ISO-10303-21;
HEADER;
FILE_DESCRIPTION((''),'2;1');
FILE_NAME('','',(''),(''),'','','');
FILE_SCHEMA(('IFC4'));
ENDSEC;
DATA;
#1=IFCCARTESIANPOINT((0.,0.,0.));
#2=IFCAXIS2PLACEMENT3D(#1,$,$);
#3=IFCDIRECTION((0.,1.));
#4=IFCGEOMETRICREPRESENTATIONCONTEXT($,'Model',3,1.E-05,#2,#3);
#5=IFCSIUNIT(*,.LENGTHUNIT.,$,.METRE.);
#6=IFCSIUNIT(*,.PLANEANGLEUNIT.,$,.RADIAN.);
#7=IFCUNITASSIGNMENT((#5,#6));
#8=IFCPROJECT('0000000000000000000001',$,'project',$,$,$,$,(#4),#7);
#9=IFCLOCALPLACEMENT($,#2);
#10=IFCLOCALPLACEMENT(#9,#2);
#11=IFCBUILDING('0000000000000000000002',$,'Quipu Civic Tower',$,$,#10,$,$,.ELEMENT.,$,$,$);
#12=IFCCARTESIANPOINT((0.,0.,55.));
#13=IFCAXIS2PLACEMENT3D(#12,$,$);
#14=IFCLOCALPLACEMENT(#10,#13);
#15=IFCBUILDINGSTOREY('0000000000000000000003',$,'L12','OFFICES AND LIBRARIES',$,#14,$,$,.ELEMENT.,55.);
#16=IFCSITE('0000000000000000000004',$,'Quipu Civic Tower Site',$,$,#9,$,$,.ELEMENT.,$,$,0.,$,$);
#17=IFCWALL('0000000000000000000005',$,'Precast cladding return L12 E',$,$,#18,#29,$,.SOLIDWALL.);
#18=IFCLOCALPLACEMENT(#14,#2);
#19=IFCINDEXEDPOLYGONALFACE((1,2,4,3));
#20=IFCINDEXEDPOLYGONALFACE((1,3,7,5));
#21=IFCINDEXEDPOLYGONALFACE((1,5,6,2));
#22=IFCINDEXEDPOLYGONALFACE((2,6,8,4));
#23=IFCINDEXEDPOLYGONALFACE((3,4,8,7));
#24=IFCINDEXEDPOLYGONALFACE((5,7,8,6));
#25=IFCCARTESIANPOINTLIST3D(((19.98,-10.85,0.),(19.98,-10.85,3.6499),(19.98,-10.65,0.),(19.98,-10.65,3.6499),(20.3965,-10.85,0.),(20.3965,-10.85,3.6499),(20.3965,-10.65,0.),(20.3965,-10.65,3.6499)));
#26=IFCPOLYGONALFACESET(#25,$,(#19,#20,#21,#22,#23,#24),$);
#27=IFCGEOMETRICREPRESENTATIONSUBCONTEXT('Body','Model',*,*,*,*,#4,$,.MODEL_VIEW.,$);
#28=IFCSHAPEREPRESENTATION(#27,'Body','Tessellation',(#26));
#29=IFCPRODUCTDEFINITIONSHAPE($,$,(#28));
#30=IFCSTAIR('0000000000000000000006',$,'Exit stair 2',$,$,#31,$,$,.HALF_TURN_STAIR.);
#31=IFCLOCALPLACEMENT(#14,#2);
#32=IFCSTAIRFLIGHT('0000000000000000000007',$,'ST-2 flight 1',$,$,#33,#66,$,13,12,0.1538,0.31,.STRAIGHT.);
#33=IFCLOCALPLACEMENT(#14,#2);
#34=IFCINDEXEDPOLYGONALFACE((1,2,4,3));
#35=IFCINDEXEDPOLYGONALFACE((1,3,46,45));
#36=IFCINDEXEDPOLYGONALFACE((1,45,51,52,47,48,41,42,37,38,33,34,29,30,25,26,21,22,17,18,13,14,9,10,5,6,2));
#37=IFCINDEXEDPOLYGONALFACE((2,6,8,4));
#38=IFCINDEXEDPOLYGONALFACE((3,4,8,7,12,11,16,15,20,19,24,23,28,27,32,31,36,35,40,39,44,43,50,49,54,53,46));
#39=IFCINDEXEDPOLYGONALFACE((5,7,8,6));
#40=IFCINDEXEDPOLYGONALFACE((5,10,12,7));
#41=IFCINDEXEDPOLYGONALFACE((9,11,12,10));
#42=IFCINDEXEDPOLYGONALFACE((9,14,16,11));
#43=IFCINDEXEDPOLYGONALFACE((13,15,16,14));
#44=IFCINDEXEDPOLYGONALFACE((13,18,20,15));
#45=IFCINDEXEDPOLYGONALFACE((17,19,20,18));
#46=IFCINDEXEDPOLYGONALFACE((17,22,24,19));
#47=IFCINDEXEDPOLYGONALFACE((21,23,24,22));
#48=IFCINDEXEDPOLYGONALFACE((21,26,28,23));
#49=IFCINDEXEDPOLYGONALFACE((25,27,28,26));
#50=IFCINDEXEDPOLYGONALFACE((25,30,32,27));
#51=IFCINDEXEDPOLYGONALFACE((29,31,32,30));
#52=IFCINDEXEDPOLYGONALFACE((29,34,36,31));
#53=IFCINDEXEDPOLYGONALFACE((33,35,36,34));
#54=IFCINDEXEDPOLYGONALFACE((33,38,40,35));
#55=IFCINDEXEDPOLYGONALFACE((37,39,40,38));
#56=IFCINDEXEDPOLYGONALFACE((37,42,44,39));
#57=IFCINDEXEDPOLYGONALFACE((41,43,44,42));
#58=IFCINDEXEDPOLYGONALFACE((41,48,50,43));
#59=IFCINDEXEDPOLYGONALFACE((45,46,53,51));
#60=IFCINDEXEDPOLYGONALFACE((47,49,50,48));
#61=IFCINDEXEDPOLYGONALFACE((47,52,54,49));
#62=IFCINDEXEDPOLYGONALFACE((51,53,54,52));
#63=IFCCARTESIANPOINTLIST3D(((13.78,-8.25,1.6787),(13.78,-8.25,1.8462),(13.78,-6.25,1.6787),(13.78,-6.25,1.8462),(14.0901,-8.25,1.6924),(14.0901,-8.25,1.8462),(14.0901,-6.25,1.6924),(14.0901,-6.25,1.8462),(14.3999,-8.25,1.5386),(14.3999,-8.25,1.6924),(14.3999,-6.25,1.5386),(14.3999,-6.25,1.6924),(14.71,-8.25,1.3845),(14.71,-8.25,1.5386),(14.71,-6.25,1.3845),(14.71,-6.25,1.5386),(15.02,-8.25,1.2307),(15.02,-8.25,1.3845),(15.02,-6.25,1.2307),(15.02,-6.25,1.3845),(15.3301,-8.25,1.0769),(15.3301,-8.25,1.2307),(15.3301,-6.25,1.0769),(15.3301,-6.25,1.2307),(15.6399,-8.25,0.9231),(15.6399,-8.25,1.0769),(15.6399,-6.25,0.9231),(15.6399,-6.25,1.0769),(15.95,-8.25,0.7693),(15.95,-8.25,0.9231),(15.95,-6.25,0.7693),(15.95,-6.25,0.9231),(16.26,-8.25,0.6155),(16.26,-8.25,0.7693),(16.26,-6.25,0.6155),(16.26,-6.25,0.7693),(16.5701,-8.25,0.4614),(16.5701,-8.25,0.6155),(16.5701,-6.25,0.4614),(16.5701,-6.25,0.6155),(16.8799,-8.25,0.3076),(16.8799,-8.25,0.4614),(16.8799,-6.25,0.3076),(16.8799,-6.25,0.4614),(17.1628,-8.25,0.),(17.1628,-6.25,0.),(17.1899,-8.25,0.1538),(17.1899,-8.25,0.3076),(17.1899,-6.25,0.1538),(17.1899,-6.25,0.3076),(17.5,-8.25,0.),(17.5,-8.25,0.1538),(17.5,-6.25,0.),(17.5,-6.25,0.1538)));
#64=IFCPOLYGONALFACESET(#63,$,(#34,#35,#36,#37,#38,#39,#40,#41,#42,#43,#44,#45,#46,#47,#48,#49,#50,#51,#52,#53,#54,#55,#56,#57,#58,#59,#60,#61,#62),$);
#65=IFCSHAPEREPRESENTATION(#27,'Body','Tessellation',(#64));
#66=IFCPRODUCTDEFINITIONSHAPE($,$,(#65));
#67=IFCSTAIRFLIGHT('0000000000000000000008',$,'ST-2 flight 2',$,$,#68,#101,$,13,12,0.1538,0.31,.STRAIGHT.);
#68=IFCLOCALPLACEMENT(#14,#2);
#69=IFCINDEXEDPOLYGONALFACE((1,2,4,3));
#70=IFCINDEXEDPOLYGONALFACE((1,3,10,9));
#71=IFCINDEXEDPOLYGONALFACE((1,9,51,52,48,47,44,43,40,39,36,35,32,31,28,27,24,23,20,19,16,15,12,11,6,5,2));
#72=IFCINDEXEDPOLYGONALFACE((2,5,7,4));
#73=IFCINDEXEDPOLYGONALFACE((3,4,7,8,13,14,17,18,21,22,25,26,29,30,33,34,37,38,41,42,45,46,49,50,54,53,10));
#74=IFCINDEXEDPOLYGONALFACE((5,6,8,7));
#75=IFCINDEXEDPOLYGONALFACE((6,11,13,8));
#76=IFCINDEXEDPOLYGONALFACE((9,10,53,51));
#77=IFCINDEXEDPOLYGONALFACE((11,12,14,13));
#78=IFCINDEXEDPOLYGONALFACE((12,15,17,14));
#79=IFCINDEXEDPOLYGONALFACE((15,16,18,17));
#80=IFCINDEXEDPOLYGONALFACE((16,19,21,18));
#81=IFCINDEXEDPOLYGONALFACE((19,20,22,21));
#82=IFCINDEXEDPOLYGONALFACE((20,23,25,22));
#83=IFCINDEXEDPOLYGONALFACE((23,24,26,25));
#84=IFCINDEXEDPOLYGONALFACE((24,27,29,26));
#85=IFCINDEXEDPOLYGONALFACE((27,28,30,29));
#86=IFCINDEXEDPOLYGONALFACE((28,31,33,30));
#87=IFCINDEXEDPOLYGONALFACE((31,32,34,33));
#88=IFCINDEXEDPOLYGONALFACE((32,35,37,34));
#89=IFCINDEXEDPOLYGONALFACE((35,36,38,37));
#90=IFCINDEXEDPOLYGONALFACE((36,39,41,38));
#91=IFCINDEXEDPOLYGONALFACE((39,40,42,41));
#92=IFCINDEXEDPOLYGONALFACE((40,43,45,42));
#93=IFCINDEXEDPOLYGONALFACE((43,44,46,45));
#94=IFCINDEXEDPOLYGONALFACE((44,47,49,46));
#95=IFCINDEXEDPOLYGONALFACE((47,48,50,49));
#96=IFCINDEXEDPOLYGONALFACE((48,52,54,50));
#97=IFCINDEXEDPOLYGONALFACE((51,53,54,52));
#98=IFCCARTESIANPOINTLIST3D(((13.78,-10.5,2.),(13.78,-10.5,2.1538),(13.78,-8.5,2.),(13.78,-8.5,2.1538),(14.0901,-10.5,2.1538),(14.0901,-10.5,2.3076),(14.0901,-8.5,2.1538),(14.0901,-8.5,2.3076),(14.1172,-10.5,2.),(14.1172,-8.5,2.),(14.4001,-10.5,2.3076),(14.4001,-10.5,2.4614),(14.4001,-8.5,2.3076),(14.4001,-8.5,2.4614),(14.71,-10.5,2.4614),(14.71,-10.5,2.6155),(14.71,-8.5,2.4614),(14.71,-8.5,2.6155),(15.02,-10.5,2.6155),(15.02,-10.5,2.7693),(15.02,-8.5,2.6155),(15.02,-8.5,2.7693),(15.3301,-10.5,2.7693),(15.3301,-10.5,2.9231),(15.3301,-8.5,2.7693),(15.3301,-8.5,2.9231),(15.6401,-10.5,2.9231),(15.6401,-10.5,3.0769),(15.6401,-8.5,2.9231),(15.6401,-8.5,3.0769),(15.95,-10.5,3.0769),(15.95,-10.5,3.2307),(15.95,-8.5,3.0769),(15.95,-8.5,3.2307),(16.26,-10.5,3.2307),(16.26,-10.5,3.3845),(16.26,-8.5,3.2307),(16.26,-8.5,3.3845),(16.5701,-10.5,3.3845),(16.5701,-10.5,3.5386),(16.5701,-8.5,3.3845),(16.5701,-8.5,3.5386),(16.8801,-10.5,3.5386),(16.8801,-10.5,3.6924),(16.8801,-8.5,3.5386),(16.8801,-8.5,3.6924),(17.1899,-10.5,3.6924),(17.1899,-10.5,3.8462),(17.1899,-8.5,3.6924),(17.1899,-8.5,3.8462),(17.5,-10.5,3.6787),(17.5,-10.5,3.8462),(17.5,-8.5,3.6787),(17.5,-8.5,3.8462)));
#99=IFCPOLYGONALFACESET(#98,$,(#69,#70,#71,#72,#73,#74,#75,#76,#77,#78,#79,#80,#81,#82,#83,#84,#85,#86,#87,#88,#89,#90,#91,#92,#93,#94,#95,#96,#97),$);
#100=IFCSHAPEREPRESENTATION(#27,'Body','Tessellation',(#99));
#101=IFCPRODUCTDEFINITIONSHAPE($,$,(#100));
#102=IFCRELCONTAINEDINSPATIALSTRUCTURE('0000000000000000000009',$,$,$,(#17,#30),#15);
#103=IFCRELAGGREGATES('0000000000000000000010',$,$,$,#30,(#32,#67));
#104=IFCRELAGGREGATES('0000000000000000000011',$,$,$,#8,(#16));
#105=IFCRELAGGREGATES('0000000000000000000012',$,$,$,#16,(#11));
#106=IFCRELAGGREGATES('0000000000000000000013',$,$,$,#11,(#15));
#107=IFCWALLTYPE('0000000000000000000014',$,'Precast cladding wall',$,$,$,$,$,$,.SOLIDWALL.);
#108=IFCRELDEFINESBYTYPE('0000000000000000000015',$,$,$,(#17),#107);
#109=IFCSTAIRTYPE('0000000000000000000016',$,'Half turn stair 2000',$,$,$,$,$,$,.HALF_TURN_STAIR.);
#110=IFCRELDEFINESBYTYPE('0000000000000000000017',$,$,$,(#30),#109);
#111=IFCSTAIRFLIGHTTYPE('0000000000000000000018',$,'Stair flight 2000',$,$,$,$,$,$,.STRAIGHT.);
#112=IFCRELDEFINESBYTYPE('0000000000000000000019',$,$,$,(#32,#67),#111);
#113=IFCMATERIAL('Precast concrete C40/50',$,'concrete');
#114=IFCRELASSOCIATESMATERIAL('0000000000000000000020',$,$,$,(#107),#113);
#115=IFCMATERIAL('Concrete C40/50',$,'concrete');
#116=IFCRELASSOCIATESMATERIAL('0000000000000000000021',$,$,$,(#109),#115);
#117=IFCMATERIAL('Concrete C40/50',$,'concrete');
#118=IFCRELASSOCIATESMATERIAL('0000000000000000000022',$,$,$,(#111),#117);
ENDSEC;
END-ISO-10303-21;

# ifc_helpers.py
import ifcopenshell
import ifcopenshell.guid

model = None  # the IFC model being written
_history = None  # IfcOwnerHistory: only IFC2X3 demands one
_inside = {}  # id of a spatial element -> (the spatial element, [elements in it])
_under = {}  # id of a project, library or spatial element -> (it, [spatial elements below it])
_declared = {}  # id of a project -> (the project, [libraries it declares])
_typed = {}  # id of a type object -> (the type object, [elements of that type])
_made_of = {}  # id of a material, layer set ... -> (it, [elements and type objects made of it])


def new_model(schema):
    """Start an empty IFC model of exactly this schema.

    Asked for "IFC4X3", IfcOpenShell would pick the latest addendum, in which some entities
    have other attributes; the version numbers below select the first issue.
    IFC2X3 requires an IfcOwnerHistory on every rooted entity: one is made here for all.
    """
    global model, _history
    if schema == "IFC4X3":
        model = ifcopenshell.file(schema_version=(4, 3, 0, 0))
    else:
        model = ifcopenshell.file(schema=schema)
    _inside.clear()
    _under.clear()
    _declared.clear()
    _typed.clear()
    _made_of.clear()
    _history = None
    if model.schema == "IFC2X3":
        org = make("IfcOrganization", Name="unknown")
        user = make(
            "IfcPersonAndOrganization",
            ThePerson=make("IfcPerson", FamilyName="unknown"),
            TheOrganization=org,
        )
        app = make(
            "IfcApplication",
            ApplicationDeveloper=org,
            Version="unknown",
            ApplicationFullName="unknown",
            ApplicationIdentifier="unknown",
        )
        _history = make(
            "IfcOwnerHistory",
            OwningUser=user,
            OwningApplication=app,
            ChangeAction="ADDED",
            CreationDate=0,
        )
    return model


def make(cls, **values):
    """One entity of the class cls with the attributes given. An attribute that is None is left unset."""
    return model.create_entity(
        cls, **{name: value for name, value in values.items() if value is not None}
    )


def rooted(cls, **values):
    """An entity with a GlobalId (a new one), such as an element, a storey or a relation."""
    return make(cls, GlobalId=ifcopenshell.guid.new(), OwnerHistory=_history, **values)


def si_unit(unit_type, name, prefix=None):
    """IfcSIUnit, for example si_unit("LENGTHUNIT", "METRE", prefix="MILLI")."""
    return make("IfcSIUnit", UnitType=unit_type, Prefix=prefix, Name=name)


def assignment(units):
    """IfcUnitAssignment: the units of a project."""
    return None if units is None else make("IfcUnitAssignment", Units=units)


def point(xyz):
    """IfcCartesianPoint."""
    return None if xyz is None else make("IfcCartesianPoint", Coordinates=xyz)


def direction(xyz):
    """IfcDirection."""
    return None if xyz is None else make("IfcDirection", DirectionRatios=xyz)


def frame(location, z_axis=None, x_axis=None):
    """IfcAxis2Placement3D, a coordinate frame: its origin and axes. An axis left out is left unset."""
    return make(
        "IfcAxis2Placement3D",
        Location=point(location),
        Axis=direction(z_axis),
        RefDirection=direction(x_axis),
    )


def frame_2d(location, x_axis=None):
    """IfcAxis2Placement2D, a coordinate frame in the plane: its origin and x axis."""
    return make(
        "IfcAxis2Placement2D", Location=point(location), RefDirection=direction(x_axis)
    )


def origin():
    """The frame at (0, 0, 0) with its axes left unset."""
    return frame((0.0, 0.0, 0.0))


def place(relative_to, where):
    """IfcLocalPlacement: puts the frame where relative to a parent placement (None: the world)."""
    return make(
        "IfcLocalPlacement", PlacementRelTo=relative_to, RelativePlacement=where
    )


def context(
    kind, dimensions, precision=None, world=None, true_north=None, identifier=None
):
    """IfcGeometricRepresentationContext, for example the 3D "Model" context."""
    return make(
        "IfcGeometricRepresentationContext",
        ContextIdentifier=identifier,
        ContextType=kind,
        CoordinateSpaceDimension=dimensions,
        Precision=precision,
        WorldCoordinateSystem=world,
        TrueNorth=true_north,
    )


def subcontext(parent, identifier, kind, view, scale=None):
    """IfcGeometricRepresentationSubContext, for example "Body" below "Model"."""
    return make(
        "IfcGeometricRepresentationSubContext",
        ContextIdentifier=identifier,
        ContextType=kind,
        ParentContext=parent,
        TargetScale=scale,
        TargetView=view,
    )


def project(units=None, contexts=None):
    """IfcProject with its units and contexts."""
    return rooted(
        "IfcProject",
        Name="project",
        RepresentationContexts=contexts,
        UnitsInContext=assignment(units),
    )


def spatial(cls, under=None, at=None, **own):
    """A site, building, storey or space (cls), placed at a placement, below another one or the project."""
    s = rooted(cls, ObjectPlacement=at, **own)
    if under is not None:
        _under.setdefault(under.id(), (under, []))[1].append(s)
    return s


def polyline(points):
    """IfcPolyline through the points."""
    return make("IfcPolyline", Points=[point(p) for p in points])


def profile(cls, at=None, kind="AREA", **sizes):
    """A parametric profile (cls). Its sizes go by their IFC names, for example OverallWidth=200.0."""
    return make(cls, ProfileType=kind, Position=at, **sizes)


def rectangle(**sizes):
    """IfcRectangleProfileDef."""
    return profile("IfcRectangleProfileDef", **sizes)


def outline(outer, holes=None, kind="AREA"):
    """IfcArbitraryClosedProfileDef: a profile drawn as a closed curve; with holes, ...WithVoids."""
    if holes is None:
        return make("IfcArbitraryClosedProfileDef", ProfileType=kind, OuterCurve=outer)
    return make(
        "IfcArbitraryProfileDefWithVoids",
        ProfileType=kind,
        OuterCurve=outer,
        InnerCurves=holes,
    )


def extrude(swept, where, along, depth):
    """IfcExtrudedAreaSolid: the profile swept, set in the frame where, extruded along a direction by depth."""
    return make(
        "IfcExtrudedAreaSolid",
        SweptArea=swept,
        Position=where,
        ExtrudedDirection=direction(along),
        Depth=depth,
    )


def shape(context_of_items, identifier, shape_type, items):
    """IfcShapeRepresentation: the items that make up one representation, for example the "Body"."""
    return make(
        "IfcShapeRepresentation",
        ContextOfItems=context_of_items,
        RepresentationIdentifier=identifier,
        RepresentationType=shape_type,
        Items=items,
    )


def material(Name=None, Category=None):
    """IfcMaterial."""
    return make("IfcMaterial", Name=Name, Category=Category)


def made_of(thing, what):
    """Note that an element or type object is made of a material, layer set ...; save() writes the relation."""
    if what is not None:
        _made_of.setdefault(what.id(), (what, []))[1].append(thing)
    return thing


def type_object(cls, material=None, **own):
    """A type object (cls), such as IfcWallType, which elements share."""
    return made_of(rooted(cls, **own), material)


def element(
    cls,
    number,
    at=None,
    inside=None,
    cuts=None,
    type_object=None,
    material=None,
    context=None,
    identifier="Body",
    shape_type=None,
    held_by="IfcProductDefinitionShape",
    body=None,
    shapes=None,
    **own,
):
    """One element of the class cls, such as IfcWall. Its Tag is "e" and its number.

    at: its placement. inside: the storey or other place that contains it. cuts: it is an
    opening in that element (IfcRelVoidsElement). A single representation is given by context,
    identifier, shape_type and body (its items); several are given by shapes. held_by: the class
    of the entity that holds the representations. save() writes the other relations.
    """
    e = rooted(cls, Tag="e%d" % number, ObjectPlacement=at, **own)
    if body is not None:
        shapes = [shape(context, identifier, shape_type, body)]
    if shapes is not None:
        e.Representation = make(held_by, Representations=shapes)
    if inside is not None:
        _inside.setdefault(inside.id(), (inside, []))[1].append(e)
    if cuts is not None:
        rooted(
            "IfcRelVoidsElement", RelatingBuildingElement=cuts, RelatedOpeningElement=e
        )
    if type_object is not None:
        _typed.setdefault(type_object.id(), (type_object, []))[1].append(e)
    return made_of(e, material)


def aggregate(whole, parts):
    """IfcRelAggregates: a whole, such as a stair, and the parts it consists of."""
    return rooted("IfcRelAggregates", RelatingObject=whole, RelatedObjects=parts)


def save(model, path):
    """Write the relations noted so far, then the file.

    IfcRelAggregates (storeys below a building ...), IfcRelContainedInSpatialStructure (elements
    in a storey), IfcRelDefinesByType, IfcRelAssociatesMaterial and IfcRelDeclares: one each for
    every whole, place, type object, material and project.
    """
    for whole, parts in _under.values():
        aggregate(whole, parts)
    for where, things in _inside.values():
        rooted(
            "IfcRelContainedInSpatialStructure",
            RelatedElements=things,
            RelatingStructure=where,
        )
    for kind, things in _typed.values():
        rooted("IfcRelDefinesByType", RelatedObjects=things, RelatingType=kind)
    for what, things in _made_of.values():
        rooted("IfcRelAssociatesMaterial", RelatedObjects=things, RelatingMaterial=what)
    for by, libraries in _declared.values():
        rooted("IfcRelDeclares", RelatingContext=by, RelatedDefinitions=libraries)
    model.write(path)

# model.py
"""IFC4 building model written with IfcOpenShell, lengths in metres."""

from ifc_helpers import new_model, si_unit, direction, frame, frame_2d, origin, place, context, subcontext, project, spatial, polyline, rectangle, outline, extrude, material, type_object, element, aggregate, save


model = new_model("IFC4")

# Units and contexts
model_context = context("Model", 3, precision=1e-05, world=origin(), true_north=direction((0.0, 1.0)))
body_context = subcontext(model_context, "Body", "Model", "MODEL_VIEW")
ifc_project = project(units=[si_unit("LENGTHUNIT", "METRE"), si_unit("PLANEANGLEUNIT", "RADIAN")], contexts=[model_context])

# Site, building, storey
site_placement = place(None, origin())
site = spatial("IfcSite", under=ifc_project, at=site_placement, Name="Quipu Civic Tower Site", CompositionType="ELEMENT", RefElevation=0.0)
building_placement = place(site_placement, origin())
building = spatial("IfcBuilding", under=site, at=building_placement, Name="Quipu Civic Tower", CompositionType="ELEMENT")
storey_placement = place(building_placement, frame((0.0, 0.0, 55.0)))
storey = spatial("IfcBuildingStorey", under=building, at=storey_placement, Name="L12", Description="OFFICES AND LIBRARIES", CompositionType="ELEMENT", Elevation=55.0)

# Wall
ifc_material_1 = material(Name="Precast concrete C40/50", Category="concrete")
wall_type_1 = type_object("IfcWallType", Name="Precast cladding wall", PredefinedType="SOLIDWALL", material=ifc_material_1)
wall_1_placement = place(storey_placement, frame((19.98, -10.75, 0.0), z_axis=(0.0, 0.0, 1.0), x_axis=(1.0, 0.0, 0.0)))
element("IfcWall", 1, at=wall_1_placement, inside=storey, type_object=wall_type_1, Name="Precast cladding return L12 E", PredefinedType="SOLIDWALL", context=body_context, shape_type="SweptSolid", body=[
    extrude(rectangle(XDim=0.4165, YDim=0.2, at=frame_2d((0.2083, 0.0))), origin(), (0.0, 0.0, 1.0), 3.6499),
])

# Stair, stair flights
ifc_material_2 = material(Name="Concrete C40/50", Category="concrete")
stair_type = type_object("IfcStairType", Name="Half turn stair 2000", PredefinedType="HALF_TURN_STAIR", material=ifc_material_2)
stair_placement = place(storey_placement, origin())
stair = element("IfcStair", 2, at=stair_placement, inside=storey, type_object=stair_type, Name="Exit stair 2", PredefinedType="HALF_TURN_STAIR")
ifc_material_3 = material(Name="Concrete C40/50", Category="concrete")
stair_flight_type = type_object("IfcStairFlightType", Name="Stair flight 2000", PredefinedType="STRAIGHT", material=ifc_material_3)
stair_flight_1_placement = place(storey_placement, frame((17.5, -7.25, 0.0), z_axis=(0.0, 0.0, 1.0), x_axis=(-1.0, 0.0, 0.0)))
stair_flight_1 = element("IfcStairFlight", 3, at=stair_flight_1_placement, type_object=stair_flight_type, Name="ST-2 flight 1", NumberOfRisers=13, NumberOfTreads=12, PredefinedType="STRAIGHT", RiserHeight=0.1538, TreadLength=0.31, context=body_context, shape_type="SweptSolid", body=[
    extrude(outline(polyline([(0.0, 0.0), (0.0, 0.1538), (0.3101, 0.1538), (0.3101, 0.3076), (0.6201, 0.3076), (0.6201, 0.4614), (0.9299, 0.4614), (0.9299, 0.6155), (1.24, 0.6155), (1.24, 0.7693), (1.55, 0.7693), (1.55, 0.9231), (1.8601, 0.9231), (1.8601, 1.0769), (2.1699, 1.0769), (2.1699, 1.2307), (2.48, 1.2307), (2.48, 1.3845), (2.79, 1.3845), (2.79, 1.5386), (3.1001, 1.5386), (3.1001, 1.6924), (3.4099, 1.6924), (3.4099, 1.8462), (3.72, 1.8462), (3.72, 2.0), (3.72, 1.6787), (0.3372, 0.0), (0.0, 0.0)])), frame((0.0, 1.0, 0.0), z_axis=(0.0, -1.0, 0.0), x_axis=(1.0, 0.0, 0.0)), (0.0, 0.0, 1.0), 2.0),
])
stair_flight_2_placement = place(storey_placement, frame((13.78, -9.5, 2.0), z_axis=(0.0, 0.0, 1.0), x_axis=(1.0, 0.0, 0.0)))
stair_flight_2 = element("IfcStairFlight", 4, at=stair_flight_2_placement, type_object=stair_flight_type, Name="ST-2 flight 2", NumberOfRisers=13, NumberOfTreads=12, PredefinedType="STRAIGHT", RiserHeight=0.1538, TreadLength=0.31, context=body_context, shape_type="SweptSolid", body=[
    extrude(outline(polyline([(0.0, 0.0), (0.0, 0.1538), (0.3101, 0.1538), (0.3101, 0.3076), (0.6201, 0.3076), (0.6201, 0.4614), (0.9299, 0.4614), (0.9299, 0.6155), (1.24, 0.6155), (1.24, 0.7693), (1.55, 0.7693), (1.55, 0.9231), (1.8601, 0.9231), (1.8601, 1.0769), (2.1699, 1.0769), (2.1699, 1.2307), (2.48, 1.2307), (2.48, 1.3845), (2.79, 1.3845), (2.79, 1.5386), (3.1001, 1.5386), (3.1001, 1.6924), (3.4099, 1.6924), (3.4099, 1.8462), (3.72, 1.8462), (3.72, 2.0), (3.72, 1.6787), (0.3372, 0.0), (0.0, 0.0)])), frame((0.0, 1.0, 0.0), z_axis=(0.0, -1.0, 0.0), x_axis=(1.0, 0.0, 0.0)), (0.0, 0.0, 1.0), 2.0),
])
aggregate(stair, [stair_flight_1, stair_flight_2])

save(model, "model.ifc")
